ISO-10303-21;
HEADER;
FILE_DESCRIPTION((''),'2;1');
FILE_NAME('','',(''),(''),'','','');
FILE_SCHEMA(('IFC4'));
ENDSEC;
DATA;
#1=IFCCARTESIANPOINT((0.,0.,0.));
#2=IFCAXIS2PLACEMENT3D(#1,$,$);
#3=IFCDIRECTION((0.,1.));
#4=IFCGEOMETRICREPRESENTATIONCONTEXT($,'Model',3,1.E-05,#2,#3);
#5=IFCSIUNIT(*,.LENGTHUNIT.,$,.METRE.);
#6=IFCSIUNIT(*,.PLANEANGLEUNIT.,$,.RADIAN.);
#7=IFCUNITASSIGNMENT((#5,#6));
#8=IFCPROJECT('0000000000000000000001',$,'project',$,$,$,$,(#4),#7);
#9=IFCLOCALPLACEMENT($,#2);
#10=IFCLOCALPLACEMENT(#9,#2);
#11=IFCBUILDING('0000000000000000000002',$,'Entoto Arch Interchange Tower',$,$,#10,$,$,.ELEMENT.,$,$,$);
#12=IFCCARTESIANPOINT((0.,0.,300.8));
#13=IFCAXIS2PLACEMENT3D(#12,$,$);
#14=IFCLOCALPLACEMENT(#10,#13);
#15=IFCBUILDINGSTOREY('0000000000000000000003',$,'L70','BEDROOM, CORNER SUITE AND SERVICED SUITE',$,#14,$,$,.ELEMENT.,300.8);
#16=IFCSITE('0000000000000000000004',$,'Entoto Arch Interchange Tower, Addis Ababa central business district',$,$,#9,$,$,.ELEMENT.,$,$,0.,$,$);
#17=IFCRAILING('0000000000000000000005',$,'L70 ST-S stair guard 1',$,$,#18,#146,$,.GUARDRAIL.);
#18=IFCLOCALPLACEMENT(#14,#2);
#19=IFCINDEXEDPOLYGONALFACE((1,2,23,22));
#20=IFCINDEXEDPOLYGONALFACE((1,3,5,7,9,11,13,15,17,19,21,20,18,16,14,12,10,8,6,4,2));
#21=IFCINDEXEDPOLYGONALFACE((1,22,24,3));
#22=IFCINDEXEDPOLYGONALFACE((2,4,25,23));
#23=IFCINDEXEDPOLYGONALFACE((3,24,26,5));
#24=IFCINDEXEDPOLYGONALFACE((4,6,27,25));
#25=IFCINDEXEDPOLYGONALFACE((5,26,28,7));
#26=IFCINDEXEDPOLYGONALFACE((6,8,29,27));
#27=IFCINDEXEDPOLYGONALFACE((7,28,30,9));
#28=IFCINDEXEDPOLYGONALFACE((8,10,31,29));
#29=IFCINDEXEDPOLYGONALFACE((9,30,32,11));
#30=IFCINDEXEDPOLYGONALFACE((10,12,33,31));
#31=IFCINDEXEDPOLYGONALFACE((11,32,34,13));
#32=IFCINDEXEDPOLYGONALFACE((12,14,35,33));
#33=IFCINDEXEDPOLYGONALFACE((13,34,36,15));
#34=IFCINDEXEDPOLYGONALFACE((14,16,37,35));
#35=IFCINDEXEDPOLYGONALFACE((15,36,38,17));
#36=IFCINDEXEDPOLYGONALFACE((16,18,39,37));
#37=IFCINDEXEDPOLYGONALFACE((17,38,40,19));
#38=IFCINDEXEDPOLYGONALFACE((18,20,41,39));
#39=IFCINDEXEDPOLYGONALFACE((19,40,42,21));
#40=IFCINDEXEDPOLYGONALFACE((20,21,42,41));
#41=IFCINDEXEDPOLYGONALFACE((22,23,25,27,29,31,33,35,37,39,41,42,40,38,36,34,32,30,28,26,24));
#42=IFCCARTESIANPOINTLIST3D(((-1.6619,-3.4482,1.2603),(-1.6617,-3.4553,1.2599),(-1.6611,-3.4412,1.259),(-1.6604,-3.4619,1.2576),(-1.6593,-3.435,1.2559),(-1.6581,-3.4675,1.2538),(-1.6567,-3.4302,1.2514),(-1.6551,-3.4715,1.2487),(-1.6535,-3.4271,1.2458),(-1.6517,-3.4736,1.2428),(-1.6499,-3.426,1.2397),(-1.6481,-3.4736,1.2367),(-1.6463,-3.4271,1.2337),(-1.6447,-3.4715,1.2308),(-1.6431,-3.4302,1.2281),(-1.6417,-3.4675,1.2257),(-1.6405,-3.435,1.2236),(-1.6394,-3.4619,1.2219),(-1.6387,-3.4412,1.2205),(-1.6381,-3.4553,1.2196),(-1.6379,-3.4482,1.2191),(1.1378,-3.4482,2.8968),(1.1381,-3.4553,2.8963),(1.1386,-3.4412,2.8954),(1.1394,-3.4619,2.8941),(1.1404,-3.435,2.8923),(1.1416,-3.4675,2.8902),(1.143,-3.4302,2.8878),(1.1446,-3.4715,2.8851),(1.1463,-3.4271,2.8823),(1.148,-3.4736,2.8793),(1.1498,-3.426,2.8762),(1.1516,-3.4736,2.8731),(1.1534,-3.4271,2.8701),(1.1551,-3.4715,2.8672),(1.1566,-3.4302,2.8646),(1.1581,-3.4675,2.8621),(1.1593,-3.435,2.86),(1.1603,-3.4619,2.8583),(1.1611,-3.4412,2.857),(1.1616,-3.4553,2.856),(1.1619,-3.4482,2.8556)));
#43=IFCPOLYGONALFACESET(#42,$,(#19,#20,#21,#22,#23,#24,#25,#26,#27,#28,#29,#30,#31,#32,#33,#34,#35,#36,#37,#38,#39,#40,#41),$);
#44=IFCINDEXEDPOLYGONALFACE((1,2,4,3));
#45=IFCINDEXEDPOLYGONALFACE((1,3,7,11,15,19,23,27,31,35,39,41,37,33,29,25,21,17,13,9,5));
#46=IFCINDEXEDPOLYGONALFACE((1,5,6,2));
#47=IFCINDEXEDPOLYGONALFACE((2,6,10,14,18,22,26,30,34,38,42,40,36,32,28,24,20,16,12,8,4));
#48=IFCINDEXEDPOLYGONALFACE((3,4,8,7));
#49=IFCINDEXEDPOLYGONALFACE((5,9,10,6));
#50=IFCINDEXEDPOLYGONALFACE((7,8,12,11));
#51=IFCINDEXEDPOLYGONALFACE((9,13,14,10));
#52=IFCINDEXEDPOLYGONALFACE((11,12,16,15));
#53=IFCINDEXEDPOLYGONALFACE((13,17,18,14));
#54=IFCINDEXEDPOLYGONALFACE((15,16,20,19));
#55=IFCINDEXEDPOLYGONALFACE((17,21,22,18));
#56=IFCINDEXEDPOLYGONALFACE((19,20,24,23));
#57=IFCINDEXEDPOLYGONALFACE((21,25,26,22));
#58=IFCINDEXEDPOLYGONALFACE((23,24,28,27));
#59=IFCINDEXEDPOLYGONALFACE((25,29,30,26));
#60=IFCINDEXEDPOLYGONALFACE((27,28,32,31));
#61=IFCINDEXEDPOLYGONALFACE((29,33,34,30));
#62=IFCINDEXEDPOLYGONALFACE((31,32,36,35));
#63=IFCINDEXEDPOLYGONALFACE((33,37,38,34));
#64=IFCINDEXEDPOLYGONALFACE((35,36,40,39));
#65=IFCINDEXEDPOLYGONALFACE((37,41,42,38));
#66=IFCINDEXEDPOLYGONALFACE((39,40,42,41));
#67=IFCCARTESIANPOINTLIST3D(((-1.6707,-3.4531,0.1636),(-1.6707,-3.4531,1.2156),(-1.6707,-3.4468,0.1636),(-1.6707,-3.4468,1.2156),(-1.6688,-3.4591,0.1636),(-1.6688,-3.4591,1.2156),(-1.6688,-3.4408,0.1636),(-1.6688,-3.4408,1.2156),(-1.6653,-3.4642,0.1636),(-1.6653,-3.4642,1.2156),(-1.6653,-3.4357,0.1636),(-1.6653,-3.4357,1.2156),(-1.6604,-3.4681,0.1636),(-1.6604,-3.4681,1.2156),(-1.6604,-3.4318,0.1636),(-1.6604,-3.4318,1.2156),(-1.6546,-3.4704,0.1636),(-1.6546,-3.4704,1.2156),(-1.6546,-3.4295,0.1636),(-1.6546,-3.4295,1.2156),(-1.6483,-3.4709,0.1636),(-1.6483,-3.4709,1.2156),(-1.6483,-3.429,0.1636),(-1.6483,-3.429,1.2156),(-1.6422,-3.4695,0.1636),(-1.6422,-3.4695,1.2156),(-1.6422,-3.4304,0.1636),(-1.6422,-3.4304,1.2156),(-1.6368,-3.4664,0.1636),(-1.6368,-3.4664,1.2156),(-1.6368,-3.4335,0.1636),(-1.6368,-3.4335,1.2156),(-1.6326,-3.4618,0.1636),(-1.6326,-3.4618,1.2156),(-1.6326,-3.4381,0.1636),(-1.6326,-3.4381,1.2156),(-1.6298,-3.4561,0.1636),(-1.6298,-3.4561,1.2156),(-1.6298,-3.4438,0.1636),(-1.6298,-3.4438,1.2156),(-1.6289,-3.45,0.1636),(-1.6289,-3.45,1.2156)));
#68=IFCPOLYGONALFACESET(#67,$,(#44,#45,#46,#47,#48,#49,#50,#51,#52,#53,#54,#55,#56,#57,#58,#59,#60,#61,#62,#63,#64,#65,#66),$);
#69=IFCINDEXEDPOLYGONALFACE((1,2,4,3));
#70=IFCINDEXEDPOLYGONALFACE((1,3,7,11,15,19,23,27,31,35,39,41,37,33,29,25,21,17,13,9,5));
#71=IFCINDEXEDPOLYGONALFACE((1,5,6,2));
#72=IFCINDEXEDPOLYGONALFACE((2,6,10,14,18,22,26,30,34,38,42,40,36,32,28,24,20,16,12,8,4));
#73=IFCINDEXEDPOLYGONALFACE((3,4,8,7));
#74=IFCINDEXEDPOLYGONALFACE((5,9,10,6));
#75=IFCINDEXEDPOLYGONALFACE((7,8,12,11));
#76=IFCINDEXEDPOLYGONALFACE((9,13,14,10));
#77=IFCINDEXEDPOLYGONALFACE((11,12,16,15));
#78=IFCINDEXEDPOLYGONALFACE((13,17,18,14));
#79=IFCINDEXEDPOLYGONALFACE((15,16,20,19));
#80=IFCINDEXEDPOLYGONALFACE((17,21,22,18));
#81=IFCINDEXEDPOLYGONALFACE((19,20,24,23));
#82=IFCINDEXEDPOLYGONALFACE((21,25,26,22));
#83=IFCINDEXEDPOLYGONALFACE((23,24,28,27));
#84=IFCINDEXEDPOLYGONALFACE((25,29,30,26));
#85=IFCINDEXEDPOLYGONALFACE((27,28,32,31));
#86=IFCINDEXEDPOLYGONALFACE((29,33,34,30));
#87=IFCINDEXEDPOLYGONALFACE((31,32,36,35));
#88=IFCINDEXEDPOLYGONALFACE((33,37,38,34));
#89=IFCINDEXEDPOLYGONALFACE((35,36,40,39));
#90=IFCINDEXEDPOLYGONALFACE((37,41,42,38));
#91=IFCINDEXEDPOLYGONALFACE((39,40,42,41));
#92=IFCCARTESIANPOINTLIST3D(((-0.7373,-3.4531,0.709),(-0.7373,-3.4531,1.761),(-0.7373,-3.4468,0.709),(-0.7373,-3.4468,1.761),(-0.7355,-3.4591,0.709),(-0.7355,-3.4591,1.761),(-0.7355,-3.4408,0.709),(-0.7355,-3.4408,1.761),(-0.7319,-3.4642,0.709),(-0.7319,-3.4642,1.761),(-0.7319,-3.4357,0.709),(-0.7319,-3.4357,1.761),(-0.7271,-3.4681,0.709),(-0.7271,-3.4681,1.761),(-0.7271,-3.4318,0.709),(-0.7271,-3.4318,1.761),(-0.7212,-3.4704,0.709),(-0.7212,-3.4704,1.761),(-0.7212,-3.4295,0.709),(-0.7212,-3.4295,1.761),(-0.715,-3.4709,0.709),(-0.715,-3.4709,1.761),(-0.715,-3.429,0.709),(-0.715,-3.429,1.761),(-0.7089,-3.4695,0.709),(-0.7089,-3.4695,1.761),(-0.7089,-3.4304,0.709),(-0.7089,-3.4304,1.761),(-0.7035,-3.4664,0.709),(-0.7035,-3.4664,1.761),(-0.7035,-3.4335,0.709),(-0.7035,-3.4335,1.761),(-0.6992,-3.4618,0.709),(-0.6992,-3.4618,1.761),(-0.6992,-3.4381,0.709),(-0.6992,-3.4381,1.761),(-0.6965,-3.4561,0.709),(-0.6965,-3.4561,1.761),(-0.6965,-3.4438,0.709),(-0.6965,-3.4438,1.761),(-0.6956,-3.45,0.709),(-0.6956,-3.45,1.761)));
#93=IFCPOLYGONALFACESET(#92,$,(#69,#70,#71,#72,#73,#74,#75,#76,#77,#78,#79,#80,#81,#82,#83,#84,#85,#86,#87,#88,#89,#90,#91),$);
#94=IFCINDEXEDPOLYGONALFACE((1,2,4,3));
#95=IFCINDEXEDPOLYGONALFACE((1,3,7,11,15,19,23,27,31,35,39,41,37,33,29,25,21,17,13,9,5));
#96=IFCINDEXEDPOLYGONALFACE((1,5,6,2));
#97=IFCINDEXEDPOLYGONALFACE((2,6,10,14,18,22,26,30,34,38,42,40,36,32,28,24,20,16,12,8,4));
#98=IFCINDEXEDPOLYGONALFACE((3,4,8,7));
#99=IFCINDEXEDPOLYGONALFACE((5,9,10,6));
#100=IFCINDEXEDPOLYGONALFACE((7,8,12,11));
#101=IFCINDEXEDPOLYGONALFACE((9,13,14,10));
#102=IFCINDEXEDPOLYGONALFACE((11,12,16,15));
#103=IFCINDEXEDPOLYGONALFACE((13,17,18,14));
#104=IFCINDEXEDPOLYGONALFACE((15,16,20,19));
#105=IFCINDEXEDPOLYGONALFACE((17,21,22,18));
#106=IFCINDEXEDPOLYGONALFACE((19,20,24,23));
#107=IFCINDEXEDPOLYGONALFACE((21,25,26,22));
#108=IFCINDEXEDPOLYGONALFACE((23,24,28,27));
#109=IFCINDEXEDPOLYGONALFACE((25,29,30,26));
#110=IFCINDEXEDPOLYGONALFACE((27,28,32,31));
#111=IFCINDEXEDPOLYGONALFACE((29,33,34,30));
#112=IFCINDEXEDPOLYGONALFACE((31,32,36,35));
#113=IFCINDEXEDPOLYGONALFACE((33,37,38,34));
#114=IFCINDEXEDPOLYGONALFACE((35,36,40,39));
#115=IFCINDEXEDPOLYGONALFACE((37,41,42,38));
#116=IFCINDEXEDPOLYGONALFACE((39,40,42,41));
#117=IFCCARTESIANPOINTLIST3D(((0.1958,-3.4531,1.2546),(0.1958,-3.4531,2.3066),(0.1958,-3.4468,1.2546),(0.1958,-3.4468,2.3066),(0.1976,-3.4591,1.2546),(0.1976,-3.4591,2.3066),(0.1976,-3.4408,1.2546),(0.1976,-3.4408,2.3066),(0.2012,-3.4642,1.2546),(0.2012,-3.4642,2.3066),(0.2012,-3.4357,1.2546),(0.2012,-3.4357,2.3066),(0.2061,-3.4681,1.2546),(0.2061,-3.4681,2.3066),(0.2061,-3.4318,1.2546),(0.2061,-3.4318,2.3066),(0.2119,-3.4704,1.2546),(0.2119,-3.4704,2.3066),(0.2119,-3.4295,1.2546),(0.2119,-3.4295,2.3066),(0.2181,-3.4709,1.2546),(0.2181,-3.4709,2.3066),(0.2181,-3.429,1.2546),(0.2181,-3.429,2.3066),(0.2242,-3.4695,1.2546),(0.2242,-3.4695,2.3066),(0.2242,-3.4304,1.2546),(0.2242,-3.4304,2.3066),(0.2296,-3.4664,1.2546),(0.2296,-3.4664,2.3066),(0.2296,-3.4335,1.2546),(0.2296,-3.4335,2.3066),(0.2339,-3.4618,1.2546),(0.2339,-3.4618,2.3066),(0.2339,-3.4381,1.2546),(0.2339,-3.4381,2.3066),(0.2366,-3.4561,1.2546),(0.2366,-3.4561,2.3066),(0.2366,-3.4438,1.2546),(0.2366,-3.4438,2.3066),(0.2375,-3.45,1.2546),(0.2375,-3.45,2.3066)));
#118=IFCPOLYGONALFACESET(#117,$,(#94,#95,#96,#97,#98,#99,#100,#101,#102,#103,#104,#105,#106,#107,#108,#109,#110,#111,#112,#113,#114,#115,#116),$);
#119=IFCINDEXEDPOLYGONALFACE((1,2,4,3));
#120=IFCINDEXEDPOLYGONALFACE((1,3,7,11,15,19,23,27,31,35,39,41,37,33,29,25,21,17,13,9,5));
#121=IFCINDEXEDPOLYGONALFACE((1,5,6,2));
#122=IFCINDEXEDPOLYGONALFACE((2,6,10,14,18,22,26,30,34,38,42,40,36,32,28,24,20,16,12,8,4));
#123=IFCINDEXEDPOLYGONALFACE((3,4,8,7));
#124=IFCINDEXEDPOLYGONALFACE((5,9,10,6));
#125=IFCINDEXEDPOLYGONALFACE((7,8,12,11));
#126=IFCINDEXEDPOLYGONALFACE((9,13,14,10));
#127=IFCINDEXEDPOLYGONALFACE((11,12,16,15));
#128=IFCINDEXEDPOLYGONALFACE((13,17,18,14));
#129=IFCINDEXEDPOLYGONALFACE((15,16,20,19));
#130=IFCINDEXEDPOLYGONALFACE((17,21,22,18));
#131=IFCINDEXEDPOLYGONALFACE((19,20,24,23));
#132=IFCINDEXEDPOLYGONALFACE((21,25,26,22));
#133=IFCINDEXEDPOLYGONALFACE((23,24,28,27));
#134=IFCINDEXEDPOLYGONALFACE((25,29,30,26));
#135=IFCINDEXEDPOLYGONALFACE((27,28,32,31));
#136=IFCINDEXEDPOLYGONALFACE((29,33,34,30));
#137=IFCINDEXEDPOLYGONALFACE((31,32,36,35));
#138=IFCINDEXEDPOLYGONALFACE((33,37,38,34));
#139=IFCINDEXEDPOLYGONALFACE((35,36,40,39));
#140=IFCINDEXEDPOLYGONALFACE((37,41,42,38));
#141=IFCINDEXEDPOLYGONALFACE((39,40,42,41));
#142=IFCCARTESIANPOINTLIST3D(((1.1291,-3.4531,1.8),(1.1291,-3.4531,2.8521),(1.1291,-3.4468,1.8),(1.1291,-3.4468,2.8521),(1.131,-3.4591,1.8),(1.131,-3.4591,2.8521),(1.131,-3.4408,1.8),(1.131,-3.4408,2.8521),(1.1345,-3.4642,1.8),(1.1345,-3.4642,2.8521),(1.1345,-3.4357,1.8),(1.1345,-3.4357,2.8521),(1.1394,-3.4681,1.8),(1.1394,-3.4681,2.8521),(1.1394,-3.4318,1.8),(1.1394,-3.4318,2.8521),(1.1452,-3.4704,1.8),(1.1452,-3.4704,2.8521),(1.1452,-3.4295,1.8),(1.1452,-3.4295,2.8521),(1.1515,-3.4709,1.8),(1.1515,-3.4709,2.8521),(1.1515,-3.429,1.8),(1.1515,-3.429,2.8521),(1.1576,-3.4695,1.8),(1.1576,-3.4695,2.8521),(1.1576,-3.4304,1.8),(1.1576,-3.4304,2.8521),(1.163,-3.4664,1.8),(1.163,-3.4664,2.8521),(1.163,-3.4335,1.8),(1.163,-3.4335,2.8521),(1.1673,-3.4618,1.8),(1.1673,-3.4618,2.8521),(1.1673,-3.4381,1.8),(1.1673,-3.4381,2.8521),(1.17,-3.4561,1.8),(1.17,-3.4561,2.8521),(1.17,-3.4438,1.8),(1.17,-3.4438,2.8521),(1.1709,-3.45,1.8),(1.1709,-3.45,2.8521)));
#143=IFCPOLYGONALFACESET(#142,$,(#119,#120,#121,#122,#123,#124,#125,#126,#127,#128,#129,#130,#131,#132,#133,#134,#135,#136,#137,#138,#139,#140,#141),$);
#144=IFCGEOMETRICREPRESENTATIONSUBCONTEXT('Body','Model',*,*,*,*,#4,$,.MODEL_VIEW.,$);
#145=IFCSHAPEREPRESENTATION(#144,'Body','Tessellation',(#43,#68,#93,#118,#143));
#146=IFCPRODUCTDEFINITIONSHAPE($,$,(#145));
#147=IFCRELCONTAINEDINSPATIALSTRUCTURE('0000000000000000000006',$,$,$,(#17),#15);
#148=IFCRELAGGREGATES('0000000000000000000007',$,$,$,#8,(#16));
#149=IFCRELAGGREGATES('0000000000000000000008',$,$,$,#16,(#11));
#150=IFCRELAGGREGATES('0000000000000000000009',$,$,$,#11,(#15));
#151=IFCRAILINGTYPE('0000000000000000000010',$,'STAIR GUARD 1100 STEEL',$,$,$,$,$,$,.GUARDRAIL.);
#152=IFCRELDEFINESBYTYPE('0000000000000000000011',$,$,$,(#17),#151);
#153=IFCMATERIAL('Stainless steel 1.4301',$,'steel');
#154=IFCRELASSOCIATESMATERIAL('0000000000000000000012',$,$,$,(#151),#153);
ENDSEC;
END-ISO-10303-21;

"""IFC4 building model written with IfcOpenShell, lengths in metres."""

from ifc_helpers import new_model, si_unit, direction, frame, origin, origin_2d, place, context, subcontext, project, spatial, circle, extrude, material, type_object, element, save


model = new_model("IFC4")

# Units and contexts
model_context = context("Model", 3, precision=1e-05, world=origin(), true_north=direction((0.0, 1.0)))
body_context = subcontext(model_context, "Body", "Model", "MODEL_VIEW")
ifc_project = project(units=[si_unit("LENGTHUNIT", "METRE"), si_unit("PLANEANGLEUNIT", "RADIAN")], contexts=[model_context])

# Site, building, storey
site_placement = place(None, origin())
site = spatial("IfcSite", under=ifc_project, at=site_placement, Name="Entoto Arch Interchange Tower, Addis Ababa central business district", CompositionType="ELEMENT", RefElevation=0.0)
building_placement = place(site_placement, origin())
building = spatial("IfcBuilding", under=site, at=building_placement, Name="Entoto Arch Interchange Tower", CompositionType="ELEMENT")
storey_placement = place(building_placement, frame((0.0, 0.0, 300.8)))
storey = spatial("IfcBuildingStorey", under=building, at=storey_placement, Name="L70", Description="BEDROOM, CORNER SUITE AND SERVICED SUITE", CompositionType="ELEMENT", Elevation=300.8)

# Railing
ifc_material_1 = material(Name="Stainless steel 1.4301", Category="steel")
railing_type_1 = type_object("IfcRailingType", Name="STAIR GUARD 1100 STEEL", PredefinedType="GUARDRAIL", material=ifc_material_1)
railing_1_placement = place(storey_placement, frame((-1.6499, -3.45, 0.1636)))
element("IfcRailing", 1, at=railing_1_placement, inside=storey, type_object=railing_type_1, Name="L70 ST-S stair guard 1", PredefinedType="GUARDRAIL", context=body_context, shape_type="SweptSolid", body=[
    extrude(circle(Radius=0.0239, at=origin_2d()), frame((0.0, 0.0, 1.0762), z_axis=(0.863342, 0.0, 0.50462), x_axis=(0.0, 1.0, 0.0)), (0.0, 0.0, 1.0), 3.2429),
    extrude(circle(Radius=0.021, at=origin_2d()), origin(), (0.0, 0.0, 1.0), 1.052),
    extrude(circle(Radius=0.021, at=origin_2d()), frame((0.9333, 0.0, 0.5454)), (0.0, 0.0, 1.0), 1.052),
    extrude(circle(Radius=0.021, at=origin_2d()), frame((1.8665, 0.0, 1.0911)), (0.0, 0.0, 1.0), 1.052),
    extrude(circle(Radius=0.021, at=origin_2d()), frame((2.7998, 0.0, 1.6365)), (0.0, 0.0, 1.0), 1.052),
])

save(model, "model.ifc")
